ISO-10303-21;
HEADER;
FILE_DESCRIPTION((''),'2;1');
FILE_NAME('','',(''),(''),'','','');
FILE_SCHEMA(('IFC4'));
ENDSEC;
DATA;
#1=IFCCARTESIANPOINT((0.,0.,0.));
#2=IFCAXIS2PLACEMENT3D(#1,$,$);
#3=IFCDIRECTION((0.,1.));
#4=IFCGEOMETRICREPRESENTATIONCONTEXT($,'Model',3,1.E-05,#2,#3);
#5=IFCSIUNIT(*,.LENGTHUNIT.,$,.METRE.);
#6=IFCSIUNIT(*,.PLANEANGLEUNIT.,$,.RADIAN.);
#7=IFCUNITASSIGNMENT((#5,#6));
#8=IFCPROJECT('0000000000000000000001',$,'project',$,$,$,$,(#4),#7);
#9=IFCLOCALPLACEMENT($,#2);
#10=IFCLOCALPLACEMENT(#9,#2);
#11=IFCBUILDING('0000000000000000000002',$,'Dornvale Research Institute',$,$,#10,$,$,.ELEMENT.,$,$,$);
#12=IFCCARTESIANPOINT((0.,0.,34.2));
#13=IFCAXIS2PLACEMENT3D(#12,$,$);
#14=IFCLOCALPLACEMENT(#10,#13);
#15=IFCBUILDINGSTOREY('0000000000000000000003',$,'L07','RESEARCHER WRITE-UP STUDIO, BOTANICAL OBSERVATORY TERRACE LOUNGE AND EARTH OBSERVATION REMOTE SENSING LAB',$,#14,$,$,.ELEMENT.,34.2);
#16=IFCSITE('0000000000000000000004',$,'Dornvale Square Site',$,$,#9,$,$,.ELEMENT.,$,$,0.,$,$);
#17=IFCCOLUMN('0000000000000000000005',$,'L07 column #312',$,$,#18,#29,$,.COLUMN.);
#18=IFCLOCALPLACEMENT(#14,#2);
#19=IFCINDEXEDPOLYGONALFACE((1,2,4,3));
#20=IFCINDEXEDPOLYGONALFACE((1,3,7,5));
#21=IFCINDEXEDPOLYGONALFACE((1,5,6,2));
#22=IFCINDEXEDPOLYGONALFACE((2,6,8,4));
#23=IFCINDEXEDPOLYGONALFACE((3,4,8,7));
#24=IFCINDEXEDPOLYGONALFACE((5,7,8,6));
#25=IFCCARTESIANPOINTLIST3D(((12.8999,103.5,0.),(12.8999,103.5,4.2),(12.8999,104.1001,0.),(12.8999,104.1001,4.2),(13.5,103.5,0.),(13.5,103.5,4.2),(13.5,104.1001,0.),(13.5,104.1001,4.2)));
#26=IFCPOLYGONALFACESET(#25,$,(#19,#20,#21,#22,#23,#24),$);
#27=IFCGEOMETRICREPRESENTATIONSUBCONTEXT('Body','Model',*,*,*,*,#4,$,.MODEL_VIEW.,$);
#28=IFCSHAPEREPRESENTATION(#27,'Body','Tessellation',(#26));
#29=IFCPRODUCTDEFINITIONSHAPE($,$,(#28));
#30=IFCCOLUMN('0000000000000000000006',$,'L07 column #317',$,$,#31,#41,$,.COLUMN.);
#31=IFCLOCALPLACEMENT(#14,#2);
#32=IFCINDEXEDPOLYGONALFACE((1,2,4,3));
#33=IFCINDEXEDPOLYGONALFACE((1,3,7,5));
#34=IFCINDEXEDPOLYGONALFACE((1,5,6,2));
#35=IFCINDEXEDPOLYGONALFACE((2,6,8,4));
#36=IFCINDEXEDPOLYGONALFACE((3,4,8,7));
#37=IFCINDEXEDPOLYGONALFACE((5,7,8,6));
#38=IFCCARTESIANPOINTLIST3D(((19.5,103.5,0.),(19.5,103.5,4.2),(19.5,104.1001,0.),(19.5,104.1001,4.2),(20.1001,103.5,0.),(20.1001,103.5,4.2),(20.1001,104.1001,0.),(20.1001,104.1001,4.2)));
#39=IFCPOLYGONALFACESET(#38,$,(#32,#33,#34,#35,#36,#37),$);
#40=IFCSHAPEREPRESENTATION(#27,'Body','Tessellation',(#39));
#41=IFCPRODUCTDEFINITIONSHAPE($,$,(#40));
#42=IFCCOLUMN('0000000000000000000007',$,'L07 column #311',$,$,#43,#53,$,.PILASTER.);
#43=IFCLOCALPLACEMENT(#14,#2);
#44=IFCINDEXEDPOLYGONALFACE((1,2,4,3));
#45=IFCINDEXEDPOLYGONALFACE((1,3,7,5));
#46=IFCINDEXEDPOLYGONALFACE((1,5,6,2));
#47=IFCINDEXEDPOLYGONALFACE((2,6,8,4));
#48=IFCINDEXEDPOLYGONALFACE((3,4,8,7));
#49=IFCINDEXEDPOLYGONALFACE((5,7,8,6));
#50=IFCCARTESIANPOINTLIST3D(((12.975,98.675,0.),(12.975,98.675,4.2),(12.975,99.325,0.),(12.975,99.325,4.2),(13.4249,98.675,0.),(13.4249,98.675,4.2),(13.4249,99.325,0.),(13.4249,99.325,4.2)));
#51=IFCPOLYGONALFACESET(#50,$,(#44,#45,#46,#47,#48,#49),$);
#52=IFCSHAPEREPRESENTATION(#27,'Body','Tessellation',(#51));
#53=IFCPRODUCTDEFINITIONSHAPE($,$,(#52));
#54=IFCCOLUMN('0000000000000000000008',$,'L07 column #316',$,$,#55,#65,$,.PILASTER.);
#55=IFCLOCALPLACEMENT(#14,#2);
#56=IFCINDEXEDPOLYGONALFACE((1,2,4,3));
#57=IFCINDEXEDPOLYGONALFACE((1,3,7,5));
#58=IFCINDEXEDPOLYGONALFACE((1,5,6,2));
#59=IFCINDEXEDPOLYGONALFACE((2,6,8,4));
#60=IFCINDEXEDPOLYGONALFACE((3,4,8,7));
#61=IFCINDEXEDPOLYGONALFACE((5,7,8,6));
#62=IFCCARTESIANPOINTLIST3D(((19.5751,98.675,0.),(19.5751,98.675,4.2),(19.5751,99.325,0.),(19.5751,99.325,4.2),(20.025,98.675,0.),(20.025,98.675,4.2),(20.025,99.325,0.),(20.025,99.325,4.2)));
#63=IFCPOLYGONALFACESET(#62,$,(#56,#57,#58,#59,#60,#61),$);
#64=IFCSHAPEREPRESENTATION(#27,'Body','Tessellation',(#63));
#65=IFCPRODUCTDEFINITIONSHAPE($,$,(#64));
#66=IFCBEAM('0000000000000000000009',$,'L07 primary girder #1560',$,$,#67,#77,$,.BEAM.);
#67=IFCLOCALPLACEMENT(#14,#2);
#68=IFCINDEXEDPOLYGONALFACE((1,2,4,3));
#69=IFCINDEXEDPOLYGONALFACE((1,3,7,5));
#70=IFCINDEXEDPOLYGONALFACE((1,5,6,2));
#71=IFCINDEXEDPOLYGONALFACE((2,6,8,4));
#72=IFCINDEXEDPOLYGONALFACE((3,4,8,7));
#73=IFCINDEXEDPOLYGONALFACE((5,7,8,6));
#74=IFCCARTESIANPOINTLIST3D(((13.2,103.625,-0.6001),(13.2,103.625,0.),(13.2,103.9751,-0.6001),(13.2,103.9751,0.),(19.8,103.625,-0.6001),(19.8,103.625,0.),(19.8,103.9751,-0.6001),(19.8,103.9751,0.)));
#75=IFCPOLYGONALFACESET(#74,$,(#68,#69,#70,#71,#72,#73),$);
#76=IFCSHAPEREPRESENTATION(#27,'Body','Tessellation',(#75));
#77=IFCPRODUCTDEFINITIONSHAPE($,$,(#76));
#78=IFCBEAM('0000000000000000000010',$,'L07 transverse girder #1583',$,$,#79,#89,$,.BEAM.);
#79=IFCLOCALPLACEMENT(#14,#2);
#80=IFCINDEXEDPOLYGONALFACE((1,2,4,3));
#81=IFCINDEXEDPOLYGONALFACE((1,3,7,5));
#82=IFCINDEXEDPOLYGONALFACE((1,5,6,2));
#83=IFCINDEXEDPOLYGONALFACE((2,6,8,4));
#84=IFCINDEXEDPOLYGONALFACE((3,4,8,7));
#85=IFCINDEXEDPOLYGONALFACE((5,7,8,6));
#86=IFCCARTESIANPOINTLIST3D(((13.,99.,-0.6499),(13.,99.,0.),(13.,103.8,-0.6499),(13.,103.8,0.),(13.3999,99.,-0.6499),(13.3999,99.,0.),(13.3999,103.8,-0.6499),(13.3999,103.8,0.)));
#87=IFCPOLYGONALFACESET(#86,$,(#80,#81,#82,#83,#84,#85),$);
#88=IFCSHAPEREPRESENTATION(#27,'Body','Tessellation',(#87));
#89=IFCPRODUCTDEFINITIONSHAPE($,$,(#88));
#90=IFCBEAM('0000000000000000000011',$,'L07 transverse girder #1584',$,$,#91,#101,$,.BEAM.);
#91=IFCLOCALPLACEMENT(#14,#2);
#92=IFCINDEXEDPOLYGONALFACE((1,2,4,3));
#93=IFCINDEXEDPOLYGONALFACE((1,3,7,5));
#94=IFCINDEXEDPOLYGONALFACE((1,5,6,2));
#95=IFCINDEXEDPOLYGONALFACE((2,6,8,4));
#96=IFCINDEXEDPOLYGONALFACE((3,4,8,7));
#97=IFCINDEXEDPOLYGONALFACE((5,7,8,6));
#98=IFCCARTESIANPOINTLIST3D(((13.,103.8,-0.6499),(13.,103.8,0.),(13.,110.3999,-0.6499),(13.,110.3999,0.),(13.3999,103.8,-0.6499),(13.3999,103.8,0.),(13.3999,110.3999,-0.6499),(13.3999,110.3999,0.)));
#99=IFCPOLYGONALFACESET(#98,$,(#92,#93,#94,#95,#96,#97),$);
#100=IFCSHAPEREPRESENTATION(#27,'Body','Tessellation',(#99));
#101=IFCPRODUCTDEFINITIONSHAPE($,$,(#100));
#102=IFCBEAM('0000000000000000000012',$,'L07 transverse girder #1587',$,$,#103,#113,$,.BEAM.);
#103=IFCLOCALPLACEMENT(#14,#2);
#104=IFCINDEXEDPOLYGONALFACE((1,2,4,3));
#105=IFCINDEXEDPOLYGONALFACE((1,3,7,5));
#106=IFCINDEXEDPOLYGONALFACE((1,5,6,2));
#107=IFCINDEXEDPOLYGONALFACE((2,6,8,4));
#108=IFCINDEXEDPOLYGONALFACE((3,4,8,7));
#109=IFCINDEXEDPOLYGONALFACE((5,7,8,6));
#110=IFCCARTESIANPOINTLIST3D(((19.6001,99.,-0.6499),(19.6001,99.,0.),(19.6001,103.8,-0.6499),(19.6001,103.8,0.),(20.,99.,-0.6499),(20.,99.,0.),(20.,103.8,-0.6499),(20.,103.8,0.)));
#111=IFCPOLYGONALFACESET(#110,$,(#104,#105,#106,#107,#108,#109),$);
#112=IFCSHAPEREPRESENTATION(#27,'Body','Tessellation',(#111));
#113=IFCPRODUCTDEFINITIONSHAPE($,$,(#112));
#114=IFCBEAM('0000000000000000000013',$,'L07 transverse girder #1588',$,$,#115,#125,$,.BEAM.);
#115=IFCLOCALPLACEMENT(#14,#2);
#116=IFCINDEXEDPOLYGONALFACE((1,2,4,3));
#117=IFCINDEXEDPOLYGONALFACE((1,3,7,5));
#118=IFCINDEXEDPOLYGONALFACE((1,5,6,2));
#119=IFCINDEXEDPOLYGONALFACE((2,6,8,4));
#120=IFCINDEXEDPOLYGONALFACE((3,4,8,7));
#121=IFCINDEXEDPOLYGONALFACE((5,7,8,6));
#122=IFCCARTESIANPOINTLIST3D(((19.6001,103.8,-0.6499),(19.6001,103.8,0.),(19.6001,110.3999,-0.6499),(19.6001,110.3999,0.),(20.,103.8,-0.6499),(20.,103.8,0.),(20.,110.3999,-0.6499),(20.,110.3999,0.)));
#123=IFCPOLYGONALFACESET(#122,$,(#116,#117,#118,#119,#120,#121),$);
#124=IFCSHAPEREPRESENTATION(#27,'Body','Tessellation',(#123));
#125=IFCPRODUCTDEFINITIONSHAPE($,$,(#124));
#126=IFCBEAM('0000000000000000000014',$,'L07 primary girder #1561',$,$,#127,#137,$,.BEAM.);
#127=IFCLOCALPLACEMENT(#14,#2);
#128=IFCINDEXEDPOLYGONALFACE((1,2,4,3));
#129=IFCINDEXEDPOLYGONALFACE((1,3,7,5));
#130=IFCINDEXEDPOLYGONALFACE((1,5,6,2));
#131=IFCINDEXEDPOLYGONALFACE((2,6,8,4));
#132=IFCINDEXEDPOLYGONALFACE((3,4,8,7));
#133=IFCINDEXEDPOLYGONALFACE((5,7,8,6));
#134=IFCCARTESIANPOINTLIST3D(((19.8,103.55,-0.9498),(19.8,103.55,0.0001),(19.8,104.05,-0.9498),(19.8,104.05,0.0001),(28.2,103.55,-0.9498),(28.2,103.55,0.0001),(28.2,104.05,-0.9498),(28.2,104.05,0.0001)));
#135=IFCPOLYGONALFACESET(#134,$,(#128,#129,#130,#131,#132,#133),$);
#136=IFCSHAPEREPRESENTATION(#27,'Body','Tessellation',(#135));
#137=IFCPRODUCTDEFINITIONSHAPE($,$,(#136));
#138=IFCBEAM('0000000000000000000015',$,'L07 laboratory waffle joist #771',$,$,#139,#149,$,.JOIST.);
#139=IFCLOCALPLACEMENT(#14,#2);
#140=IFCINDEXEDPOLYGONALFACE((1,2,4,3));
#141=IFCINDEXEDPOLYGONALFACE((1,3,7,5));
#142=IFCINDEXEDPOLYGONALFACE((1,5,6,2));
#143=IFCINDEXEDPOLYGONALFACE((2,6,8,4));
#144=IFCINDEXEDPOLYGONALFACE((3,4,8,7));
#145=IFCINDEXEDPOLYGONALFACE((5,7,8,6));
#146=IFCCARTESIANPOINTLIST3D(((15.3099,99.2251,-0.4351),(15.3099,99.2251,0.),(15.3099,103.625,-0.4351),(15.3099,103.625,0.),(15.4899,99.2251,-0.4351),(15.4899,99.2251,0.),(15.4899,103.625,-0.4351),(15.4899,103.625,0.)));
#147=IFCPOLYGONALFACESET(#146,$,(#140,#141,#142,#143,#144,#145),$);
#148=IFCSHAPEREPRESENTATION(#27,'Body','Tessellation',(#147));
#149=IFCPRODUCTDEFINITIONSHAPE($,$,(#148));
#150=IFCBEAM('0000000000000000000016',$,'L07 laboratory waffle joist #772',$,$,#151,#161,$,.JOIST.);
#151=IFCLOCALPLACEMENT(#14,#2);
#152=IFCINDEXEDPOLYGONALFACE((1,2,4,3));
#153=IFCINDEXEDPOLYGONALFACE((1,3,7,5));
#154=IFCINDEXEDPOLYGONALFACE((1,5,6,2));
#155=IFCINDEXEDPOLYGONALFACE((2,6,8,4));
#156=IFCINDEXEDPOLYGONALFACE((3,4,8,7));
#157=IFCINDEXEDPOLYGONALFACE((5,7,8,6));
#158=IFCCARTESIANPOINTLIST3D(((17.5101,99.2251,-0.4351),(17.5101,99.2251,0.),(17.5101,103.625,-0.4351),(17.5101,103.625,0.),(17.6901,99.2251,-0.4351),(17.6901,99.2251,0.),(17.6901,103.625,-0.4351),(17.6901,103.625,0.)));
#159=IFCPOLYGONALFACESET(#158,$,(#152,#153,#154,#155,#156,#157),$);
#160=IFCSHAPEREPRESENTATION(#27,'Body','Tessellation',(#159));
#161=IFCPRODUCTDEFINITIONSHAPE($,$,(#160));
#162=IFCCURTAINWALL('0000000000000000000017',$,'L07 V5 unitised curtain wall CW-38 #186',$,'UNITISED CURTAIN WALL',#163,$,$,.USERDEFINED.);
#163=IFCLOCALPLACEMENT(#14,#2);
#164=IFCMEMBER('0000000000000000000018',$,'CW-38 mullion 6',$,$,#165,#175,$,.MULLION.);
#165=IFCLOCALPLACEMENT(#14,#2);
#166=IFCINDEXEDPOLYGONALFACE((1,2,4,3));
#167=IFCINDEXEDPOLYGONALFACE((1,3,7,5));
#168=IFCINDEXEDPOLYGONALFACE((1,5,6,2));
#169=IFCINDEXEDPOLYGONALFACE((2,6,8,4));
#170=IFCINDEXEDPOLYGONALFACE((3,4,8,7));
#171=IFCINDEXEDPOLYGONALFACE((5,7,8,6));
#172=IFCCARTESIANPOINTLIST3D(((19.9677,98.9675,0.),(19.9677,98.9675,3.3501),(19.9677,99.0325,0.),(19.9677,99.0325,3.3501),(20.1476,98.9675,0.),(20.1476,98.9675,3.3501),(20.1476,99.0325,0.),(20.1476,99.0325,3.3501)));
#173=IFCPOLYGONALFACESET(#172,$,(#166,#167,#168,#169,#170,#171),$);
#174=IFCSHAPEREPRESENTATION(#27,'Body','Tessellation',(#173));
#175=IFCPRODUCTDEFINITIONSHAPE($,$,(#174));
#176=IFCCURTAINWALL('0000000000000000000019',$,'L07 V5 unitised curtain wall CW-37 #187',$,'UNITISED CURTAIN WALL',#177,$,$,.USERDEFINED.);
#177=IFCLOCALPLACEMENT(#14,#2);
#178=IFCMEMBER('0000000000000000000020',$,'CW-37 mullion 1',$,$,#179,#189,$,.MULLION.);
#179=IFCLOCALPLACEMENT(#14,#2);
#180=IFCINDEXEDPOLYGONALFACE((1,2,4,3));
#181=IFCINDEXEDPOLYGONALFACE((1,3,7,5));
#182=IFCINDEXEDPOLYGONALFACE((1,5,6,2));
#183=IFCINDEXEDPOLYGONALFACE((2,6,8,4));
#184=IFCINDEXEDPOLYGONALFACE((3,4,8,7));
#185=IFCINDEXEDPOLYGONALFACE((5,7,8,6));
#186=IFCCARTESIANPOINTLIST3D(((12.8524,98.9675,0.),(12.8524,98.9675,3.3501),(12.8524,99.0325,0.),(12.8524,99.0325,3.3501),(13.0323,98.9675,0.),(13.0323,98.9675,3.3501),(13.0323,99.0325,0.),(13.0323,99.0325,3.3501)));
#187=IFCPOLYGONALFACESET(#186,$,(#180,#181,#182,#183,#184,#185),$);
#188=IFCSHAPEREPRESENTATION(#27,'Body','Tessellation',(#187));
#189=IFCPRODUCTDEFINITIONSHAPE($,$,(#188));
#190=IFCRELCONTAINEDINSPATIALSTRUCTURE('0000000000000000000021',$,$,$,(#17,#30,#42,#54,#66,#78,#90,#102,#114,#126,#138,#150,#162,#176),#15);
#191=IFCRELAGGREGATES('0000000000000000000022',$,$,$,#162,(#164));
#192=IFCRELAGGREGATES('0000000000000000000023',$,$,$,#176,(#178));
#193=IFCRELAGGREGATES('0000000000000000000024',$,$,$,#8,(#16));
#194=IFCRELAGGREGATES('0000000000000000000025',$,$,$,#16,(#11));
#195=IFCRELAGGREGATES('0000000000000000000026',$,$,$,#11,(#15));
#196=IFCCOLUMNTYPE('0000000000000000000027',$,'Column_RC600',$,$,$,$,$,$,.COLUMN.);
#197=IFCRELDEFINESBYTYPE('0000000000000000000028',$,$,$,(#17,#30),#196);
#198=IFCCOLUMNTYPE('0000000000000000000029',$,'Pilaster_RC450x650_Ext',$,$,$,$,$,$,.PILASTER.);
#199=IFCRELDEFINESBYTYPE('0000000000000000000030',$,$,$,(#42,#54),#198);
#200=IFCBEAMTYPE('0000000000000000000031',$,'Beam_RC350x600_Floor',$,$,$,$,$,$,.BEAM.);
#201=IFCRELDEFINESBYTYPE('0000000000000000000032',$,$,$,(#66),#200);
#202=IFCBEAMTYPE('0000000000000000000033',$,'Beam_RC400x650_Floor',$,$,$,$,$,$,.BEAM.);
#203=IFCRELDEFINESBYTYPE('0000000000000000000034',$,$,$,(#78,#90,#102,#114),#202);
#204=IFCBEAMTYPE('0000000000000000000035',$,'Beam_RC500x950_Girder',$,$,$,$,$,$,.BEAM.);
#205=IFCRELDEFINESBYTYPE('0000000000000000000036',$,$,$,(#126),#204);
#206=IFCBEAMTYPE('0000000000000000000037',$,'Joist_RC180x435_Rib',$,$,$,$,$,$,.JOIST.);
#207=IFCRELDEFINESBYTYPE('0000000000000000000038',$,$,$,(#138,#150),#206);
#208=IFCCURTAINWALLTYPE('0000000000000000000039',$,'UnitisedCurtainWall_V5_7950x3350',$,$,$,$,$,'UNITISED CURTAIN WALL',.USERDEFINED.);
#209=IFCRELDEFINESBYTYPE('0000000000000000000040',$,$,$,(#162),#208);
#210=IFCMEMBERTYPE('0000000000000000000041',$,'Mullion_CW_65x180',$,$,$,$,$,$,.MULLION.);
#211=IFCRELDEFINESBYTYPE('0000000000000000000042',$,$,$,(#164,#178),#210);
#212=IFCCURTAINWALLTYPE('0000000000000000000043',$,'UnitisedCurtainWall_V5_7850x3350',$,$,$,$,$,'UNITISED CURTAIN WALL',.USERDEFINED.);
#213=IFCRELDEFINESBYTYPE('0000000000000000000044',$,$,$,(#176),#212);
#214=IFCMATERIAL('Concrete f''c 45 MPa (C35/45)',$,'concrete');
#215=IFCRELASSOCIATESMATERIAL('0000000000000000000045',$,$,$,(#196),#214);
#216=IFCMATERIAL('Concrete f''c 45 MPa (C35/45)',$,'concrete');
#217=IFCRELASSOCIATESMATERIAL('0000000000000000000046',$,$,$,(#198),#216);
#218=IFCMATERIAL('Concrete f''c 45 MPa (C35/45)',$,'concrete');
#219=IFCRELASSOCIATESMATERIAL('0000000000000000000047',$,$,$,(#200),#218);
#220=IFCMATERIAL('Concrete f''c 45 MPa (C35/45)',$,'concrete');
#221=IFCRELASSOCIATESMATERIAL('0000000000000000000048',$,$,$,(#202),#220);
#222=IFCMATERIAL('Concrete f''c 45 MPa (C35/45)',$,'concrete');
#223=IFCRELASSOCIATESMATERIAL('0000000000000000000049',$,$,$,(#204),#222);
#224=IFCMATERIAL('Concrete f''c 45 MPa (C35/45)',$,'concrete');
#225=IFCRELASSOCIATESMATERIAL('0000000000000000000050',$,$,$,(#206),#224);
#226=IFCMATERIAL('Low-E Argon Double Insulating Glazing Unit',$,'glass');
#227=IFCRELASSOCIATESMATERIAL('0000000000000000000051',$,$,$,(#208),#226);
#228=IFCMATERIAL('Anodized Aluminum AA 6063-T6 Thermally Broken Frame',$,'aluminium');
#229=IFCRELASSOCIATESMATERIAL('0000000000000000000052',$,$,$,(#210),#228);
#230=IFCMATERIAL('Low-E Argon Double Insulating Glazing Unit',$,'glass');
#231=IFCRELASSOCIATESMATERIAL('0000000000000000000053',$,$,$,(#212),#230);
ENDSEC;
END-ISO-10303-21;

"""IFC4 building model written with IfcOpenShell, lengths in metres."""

from ifc_helpers import new_model, si_unit, direction, frame, origin, origin_2d, place, context, subcontext, project, spatial, rectangle, extrude, material, material_profile, profile_set, type_object, element, aggregate, save


model = new_model("IFC4")

# Units and contexts
model_context = context("Model", 3, precision=1e-05, world=origin(), true_north=direction((0.0, 1.0)))
body_context = subcontext(model_context, "Body", "Model", "MODEL_VIEW")
ifc_project = project(units=[si_unit("LENGTHUNIT", "METRE"), si_unit("PLANEANGLEUNIT", "RADIAN")], contexts=[model_context])

# Site, building, storey
site_placement = place(None, origin())
site = spatial("IfcSite", under=ifc_project, at=site_placement, Name="Dornvale Square Site", CompositionType="ELEMENT", RefElevation=0.0)
building_placement = place(site_placement, origin())
building = spatial("IfcBuilding", under=site, at=building_placement, Name="Dornvale Research Institute", CompositionType="ELEMENT")
storey_placement = place(building_placement, frame((0.0, 0.0, 34.2)))
storey = spatial("IfcBuildingStorey", under=building, at=storey_placement, Name="L07", Description="RESEARCHER WRITE-UP STUDIO, BOTANICAL OBSERVATORY TERRACE LOUNGE AND EARTH OBSERVATION REMOTE SENSING LAB", CompositionType="ELEMENT", Elevation=34.2)

# Columns
ifc_material_1 = material(Name="Concrete f'c 45 MPa (C35/45)", Category="concrete")
ifc_material_profile_1 = material_profile(ifc_material_1, rectangle(XDim=0.6001, YDim=0.6001, at=origin_2d()), Name="RC 600x600")
ifc_profile_set_1 = profile_set([ifc_material_profile_1], Name="Concrete f'c 45 MPa (C35/45)")
column_type_1 = type_object("IfcColumnType", Name="Column_RC600", PredefinedType="COLUMN", material=ifc_profile_set_1)
for number, where, z_axis, x_axis, name in (
    (1, (13.2, 103.8, 0.0), (0.0, 0.0, 1.0), (1.0, 0.0, 0.0), "L07 column #312"),
    (2, (19.8, 103.8, 0.0), (0.0, 0.0, 1.0), (1.0, 0.0, 0.0), "L07 column #317"),
):
    element("IfcColumn", number, at=place(storey_placement, frame(where, z_axis=z_axis, x_axis=x_axis)), inside=storey, type_object=column_type_1, Name=name, PredefinedType="COLUMN", context=body_context, shape_type="SweptSolid", body=[
        extrude(rectangle(XDim=0.6001, YDim=0.6001, at=origin_2d()), origin(), (0.0, 0.0, 1.0), 4.2),
    ])
ifc_material_2 = material(Name="Concrete f'c 45 MPa (C35/45)", Category="concrete")
ifc_material_profile_2 = material_profile(ifc_material_2, rectangle(XDim=0.45, YDim=0.6499, at=origin_2d()), Name="RC 450x650")
ifc_profile_set_2 = profile_set([ifc_material_profile_2], Name="Concrete f'c 45 MPa (C35/45)")
column_type_2 = type_object("IfcColumnType", Name="Pilaster_RC450x650_Ext", PredefinedType="PILASTER", material=ifc_profile_set_2)
for number, where, z_axis, x_axis, name in (
    (3, (13.2, 99.0, 0.0), (0.0, 0.0, 1.0), (1.0, 0.0, 0.0), "L07 column #311"),
    (4, (19.8, 99.0, 0.0), (0.0, 0.0, 1.0), (1.0, 0.0, 0.0), "L07 column #316"),
):
    element("IfcColumn", number, at=place(storey_placement, frame(where, z_axis=z_axis, x_axis=x_axis)), inside=storey, type_object=column_type_2, Name=name, PredefinedType="PILASTER", context=body_context, shape_type="SweptSolid", body=[
        extrude(rectangle(XDim=0.45, YDim=0.6499, at=origin_2d()), origin(), (0.0, 0.0, 1.0), 4.2),
    ])

# Beams
ifc_material_3 = material(Name="Concrete f'c 45 MPa (C35/45)", Category="concrete")
ifc_material_profile_3 = material_profile(ifc_material_3, rectangle(XDim=0.3501, YDim=0.6001, at=origin_2d()), Name="RC 350x600")
ifc_profile_set_3 = profile_set([ifc_material_profile_3], Name="Concrete f'c 45 MPa (C35/45)")
beam_type_1 = type_object("IfcBeamType", Name="Beam_RC350x600_Floor", PredefinedType="BEAM", material=ifc_profile_set_3)
beam_1_placement = place(storey_placement, frame((13.2, 103.8, -0.3), z_axis=(1.0, 0.0, 0.0), x_axis=(0.0, 1.0, 0.0)))
element("IfcBeam", 5, at=beam_1_placement, inside=storey, type_object=beam_type_1, Name="L07 primary girder #1560", PredefinedType="BEAM", context=body_context, shape_type="SweptSolid", body=[
    extrude(rectangle(XDim=0.3501, YDim=0.6001, at=origin_2d()), origin(), (0.0, 0.0, 1.0), 6.6001),
])
ifc_material_4 = material(Name="Concrete f'c 45 MPa (C35/45)", Category="concrete")
ifc_material_profile_4 = material_profile(ifc_material_4, rectangle(XDim=0.3999, YDim=0.6499, at=origin_2d()), Name="RC 400x650")
ifc_profile_set_4 = profile_set([ifc_material_profile_4], Name="Concrete f'c 45 MPa (C35/45)")
beam_type_2 = type_object("IfcBeamType", Name="Beam_RC400x650_Floor", PredefinedType="BEAM", material=ifc_profile_set_4)
beam_2_placement = place(storey_placement, frame((13.2, 99.0, -0.325), z_axis=(0.0, 1.0, 0.0), x_axis=(-1.0, 0.0, 0.0)))
element("IfcBeam", 6, at=beam_2_placement, inside=storey, type_object=beam_type_2, Name="L07 transverse girder #1583", PredefinedType="BEAM", context=body_context, shape_type="SweptSolid", body=[
    extrude(rectangle(XDim=0.3999, YDim=0.6499, at=origin_2d()), origin(), (0.0, 0.0, 1.0), 4.8),
])
beam_3_placement = place(storey_placement, frame((13.2, 103.8, -0.325), z_axis=(0.0, 1.0, 0.0), x_axis=(-1.0, 0.0, 0.0)))
element("IfcBeam", 7, at=beam_3_placement, inside=storey, type_object=beam_type_2, Name="L07 transverse girder #1584", PredefinedType="BEAM", context=body_context, shape_type="SweptSolid", body=[
    extrude(rectangle(XDim=0.3999, YDim=0.6499, at=origin_2d()), origin(), (0.0, 0.0, 1.0), 6.5999),
])
beam_4_placement = place(storey_placement, frame((19.8, 99.0, -0.325), z_axis=(0.0, 1.0, 0.0), x_axis=(-1.0, 0.0, 0.0)))
element("IfcBeam", 8, at=beam_4_placement, inside=storey, type_object=beam_type_2, Name="L07 transverse girder #1587", PredefinedType="BEAM", context=body_context, shape_type="SweptSolid", body=[
    extrude(rectangle(XDim=0.3999, YDim=0.6499, at=origin_2d()), origin(), (0.0, 0.0, 1.0), 4.8),
])
beam_5_placement = place(storey_placement, frame((19.8, 103.8, -0.325), z_axis=(0.0, 1.0, 0.0), x_axis=(-1.0, 0.0, 0.0)))
element("IfcBeam", 9, at=beam_5_placement, inside=storey, type_object=beam_type_2, Name="L07 transverse girder #1588", PredefinedType="BEAM", context=body_context, shape_type="SweptSolid", body=[
    extrude(rectangle(XDim=0.3999, YDim=0.6499, at=origin_2d()), origin(), (0.0, 0.0, 1.0), 6.5999),
])
ifc_material_5 = material(Name="Concrete f'c 45 MPa (C35/45)", Category="concrete")
ifc_material_profile_5 = material_profile(ifc_material_5, rectangle(XDim=0.5, YDim=0.95, at=origin_2d()), Name="RC 500x950")
ifc_profile_set_5 = profile_set([ifc_material_profile_5], Name="Concrete f'c 45 MPa (C35/45)")
beam_type_3 = type_object("IfcBeamType", Name="Beam_RC500x950_Girder", PredefinedType="BEAM", material=ifc_profile_set_5)
beam_6_placement = place(storey_placement, frame((19.8, 103.8, -0.4749), z_axis=(1.0, 0.0, 0.0), x_axis=(0.0, 1.0, 0.0)))
element("IfcBeam", 10, at=beam_6_placement, inside=storey, type_object=beam_type_3, Name="L07 primary girder #1561", PredefinedType="BEAM", context=body_context, shape_type="SweptSolid", body=[
    extrude(rectangle(XDim=0.5, YDim=0.95, at=origin_2d()), origin(), (0.0, 0.0, 1.0), 8.3999),
])
ifc_material_6 = material(Name="Concrete f'c 45 MPa (C35/45)", Category="concrete")
ifc_material_profile_6 = material_profile(ifc_material_6, rectangle(XDim=0.1799, YDim=0.4351, at=origin_2d()), Name="RC 180x435")
ifc_profile_set_6 = profile_set([ifc_material_profile_6], Name="Concrete f'c 45 MPa (C35/45)")
beam_type_4 = type_object("IfcBeamType", Name="Joist_RC180x435_Rib", PredefinedType="JOIST", material=ifc_profile_set_6)
for number, where, z_axis, x_axis, name in (
    (11, (15.3999, 99.2251, -0.2175), (0.0, 1.0, 0.0), (-1.0, 0.0, 0.0), "L07 laboratory waffle joist #771"),
    (12, (17.6001, 99.2251, -0.2175), (0.0, 1.0, 0.0), (-1.0, 0.0, 0.0), "L07 laboratory waffle joist #772"),
):
    element("IfcBeam", number, at=place(storey_placement, frame(where, z_axis=z_axis, x_axis=x_axis)), inside=storey, type_object=beam_type_4, Name=name, PredefinedType="JOIST", context=body_context, shape_type="SweptSolid", body=[
        extrude(rectangle(XDim=0.1799, YDim=0.4351, at=origin_2d()), origin(), (0.0, 0.0, 1.0), 4.3999),
    ])

# Curtain walls, members
ifc_material_7 = material(Name="Low-E Argon Double Insulating Glazing Unit", Category="glass")
curtain_wall_type_1 = type_object("IfcCurtainWallType", Name="UnitisedCurtainWall_V5_7950x3350", ElementType="UNITISED CURTAIN WALL", PredefinedType="USERDEFINED", material=ifc_material_7)
curtain_wall_1_placement = place(storey_placement, origin())
curtain_wall_1 = element("IfcCurtainWall", 13, at=curtain_wall_1_placement, inside=storey, type_object=curtain_wall_type_1, Name="L07 V5 unitised curtain wall CW-38 #186", ObjectType="UNITISED CURTAIN WALL", PredefinedType="USERDEFINED")
ifc_material_8 = material(Name="Anodized Aluminum AA 6063-T6 Thermally Broken Frame", Category="aluminium")
ifc_material_profile_7 = material_profile(ifc_material_8, rectangle(XDim=0.0649, YDim=0.1799, at=origin_2d()), Name="ALU MULLION 65x180")
ifc_profile_set_7 = profile_set([ifc_material_profile_7], Name="Anodized Aluminum AA 6063-T6 Thermally Broken Frame")
member_type = type_object("IfcMemberType", Name="Mullion_CW_65x180", PredefinedType="MULLION", material=ifc_profile_set_7)
member_1_placement = place(storey_placement, frame((20.0576, 99.0, 0.0), z_axis=(0.0, 0.0, 1.0), x_axis=(0.0, -1.0, 0.0)))
member_1 = element("IfcMember", 14, at=member_1_placement, type_object=member_type, Name="CW-38 mullion 6", PredefinedType="MULLION", context=body_context, shape_type="SweptSolid", body=[
    extrude(rectangle(XDim=0.0649, YDim=0.1799, at=origin_2d()), origin(), (0.0, 0.0, 1.0), 3.3501),
])
aggregate(curtain_wall_1, [member_1])
ifc_material_9 = material(Name="Low-E Argon Double Insulating Glazing Unit", Category="glass")
curtain_wall_type_2 = type_object("IfcCurtainWallType", Name="UnitisedCurtainWall_V5_7850x3350", ElementType="UNITISED CURTAIN WALL", PredefinedType="USERDEFINED", material=ifc_material_9)
curtain_wall_2_placement = place(storey_placement, origin())
curtain_wall_2 = element("IfcCurtainWall", 15, at=curtain_wall_2_placement, inside=storey, type_object=curtain_wall_type_2, Name="L07 V5 unitised curtain wall CW-37 #187", ObjectType="UNITISED CURTAIN WALL", PredefinedType="USERDEFINED")
member_2_placement = place(storey_placement, frame((12.9424, 99.0, 0.0), z_axis=(0.0, 0.0, 1.0), x_axis=(0.0, -1.0, 0.0)))
member_2 = element("IfcMember", 16, at=member_2_placement, type_object=member_type, Name="CW-37 mullion 1", PredefinedType="MULLION", context=body_context, shape_type="SweptSolid", body=[
    extrude(rectangle(XDim=0.0649, YDim=0.1799, at=origin_2d()), origin(), (0.0, 0.0, 1.0), 3.3501),
])
aggregate(curtain_wall_2, [member_2])

save(model, "model.ifc")
